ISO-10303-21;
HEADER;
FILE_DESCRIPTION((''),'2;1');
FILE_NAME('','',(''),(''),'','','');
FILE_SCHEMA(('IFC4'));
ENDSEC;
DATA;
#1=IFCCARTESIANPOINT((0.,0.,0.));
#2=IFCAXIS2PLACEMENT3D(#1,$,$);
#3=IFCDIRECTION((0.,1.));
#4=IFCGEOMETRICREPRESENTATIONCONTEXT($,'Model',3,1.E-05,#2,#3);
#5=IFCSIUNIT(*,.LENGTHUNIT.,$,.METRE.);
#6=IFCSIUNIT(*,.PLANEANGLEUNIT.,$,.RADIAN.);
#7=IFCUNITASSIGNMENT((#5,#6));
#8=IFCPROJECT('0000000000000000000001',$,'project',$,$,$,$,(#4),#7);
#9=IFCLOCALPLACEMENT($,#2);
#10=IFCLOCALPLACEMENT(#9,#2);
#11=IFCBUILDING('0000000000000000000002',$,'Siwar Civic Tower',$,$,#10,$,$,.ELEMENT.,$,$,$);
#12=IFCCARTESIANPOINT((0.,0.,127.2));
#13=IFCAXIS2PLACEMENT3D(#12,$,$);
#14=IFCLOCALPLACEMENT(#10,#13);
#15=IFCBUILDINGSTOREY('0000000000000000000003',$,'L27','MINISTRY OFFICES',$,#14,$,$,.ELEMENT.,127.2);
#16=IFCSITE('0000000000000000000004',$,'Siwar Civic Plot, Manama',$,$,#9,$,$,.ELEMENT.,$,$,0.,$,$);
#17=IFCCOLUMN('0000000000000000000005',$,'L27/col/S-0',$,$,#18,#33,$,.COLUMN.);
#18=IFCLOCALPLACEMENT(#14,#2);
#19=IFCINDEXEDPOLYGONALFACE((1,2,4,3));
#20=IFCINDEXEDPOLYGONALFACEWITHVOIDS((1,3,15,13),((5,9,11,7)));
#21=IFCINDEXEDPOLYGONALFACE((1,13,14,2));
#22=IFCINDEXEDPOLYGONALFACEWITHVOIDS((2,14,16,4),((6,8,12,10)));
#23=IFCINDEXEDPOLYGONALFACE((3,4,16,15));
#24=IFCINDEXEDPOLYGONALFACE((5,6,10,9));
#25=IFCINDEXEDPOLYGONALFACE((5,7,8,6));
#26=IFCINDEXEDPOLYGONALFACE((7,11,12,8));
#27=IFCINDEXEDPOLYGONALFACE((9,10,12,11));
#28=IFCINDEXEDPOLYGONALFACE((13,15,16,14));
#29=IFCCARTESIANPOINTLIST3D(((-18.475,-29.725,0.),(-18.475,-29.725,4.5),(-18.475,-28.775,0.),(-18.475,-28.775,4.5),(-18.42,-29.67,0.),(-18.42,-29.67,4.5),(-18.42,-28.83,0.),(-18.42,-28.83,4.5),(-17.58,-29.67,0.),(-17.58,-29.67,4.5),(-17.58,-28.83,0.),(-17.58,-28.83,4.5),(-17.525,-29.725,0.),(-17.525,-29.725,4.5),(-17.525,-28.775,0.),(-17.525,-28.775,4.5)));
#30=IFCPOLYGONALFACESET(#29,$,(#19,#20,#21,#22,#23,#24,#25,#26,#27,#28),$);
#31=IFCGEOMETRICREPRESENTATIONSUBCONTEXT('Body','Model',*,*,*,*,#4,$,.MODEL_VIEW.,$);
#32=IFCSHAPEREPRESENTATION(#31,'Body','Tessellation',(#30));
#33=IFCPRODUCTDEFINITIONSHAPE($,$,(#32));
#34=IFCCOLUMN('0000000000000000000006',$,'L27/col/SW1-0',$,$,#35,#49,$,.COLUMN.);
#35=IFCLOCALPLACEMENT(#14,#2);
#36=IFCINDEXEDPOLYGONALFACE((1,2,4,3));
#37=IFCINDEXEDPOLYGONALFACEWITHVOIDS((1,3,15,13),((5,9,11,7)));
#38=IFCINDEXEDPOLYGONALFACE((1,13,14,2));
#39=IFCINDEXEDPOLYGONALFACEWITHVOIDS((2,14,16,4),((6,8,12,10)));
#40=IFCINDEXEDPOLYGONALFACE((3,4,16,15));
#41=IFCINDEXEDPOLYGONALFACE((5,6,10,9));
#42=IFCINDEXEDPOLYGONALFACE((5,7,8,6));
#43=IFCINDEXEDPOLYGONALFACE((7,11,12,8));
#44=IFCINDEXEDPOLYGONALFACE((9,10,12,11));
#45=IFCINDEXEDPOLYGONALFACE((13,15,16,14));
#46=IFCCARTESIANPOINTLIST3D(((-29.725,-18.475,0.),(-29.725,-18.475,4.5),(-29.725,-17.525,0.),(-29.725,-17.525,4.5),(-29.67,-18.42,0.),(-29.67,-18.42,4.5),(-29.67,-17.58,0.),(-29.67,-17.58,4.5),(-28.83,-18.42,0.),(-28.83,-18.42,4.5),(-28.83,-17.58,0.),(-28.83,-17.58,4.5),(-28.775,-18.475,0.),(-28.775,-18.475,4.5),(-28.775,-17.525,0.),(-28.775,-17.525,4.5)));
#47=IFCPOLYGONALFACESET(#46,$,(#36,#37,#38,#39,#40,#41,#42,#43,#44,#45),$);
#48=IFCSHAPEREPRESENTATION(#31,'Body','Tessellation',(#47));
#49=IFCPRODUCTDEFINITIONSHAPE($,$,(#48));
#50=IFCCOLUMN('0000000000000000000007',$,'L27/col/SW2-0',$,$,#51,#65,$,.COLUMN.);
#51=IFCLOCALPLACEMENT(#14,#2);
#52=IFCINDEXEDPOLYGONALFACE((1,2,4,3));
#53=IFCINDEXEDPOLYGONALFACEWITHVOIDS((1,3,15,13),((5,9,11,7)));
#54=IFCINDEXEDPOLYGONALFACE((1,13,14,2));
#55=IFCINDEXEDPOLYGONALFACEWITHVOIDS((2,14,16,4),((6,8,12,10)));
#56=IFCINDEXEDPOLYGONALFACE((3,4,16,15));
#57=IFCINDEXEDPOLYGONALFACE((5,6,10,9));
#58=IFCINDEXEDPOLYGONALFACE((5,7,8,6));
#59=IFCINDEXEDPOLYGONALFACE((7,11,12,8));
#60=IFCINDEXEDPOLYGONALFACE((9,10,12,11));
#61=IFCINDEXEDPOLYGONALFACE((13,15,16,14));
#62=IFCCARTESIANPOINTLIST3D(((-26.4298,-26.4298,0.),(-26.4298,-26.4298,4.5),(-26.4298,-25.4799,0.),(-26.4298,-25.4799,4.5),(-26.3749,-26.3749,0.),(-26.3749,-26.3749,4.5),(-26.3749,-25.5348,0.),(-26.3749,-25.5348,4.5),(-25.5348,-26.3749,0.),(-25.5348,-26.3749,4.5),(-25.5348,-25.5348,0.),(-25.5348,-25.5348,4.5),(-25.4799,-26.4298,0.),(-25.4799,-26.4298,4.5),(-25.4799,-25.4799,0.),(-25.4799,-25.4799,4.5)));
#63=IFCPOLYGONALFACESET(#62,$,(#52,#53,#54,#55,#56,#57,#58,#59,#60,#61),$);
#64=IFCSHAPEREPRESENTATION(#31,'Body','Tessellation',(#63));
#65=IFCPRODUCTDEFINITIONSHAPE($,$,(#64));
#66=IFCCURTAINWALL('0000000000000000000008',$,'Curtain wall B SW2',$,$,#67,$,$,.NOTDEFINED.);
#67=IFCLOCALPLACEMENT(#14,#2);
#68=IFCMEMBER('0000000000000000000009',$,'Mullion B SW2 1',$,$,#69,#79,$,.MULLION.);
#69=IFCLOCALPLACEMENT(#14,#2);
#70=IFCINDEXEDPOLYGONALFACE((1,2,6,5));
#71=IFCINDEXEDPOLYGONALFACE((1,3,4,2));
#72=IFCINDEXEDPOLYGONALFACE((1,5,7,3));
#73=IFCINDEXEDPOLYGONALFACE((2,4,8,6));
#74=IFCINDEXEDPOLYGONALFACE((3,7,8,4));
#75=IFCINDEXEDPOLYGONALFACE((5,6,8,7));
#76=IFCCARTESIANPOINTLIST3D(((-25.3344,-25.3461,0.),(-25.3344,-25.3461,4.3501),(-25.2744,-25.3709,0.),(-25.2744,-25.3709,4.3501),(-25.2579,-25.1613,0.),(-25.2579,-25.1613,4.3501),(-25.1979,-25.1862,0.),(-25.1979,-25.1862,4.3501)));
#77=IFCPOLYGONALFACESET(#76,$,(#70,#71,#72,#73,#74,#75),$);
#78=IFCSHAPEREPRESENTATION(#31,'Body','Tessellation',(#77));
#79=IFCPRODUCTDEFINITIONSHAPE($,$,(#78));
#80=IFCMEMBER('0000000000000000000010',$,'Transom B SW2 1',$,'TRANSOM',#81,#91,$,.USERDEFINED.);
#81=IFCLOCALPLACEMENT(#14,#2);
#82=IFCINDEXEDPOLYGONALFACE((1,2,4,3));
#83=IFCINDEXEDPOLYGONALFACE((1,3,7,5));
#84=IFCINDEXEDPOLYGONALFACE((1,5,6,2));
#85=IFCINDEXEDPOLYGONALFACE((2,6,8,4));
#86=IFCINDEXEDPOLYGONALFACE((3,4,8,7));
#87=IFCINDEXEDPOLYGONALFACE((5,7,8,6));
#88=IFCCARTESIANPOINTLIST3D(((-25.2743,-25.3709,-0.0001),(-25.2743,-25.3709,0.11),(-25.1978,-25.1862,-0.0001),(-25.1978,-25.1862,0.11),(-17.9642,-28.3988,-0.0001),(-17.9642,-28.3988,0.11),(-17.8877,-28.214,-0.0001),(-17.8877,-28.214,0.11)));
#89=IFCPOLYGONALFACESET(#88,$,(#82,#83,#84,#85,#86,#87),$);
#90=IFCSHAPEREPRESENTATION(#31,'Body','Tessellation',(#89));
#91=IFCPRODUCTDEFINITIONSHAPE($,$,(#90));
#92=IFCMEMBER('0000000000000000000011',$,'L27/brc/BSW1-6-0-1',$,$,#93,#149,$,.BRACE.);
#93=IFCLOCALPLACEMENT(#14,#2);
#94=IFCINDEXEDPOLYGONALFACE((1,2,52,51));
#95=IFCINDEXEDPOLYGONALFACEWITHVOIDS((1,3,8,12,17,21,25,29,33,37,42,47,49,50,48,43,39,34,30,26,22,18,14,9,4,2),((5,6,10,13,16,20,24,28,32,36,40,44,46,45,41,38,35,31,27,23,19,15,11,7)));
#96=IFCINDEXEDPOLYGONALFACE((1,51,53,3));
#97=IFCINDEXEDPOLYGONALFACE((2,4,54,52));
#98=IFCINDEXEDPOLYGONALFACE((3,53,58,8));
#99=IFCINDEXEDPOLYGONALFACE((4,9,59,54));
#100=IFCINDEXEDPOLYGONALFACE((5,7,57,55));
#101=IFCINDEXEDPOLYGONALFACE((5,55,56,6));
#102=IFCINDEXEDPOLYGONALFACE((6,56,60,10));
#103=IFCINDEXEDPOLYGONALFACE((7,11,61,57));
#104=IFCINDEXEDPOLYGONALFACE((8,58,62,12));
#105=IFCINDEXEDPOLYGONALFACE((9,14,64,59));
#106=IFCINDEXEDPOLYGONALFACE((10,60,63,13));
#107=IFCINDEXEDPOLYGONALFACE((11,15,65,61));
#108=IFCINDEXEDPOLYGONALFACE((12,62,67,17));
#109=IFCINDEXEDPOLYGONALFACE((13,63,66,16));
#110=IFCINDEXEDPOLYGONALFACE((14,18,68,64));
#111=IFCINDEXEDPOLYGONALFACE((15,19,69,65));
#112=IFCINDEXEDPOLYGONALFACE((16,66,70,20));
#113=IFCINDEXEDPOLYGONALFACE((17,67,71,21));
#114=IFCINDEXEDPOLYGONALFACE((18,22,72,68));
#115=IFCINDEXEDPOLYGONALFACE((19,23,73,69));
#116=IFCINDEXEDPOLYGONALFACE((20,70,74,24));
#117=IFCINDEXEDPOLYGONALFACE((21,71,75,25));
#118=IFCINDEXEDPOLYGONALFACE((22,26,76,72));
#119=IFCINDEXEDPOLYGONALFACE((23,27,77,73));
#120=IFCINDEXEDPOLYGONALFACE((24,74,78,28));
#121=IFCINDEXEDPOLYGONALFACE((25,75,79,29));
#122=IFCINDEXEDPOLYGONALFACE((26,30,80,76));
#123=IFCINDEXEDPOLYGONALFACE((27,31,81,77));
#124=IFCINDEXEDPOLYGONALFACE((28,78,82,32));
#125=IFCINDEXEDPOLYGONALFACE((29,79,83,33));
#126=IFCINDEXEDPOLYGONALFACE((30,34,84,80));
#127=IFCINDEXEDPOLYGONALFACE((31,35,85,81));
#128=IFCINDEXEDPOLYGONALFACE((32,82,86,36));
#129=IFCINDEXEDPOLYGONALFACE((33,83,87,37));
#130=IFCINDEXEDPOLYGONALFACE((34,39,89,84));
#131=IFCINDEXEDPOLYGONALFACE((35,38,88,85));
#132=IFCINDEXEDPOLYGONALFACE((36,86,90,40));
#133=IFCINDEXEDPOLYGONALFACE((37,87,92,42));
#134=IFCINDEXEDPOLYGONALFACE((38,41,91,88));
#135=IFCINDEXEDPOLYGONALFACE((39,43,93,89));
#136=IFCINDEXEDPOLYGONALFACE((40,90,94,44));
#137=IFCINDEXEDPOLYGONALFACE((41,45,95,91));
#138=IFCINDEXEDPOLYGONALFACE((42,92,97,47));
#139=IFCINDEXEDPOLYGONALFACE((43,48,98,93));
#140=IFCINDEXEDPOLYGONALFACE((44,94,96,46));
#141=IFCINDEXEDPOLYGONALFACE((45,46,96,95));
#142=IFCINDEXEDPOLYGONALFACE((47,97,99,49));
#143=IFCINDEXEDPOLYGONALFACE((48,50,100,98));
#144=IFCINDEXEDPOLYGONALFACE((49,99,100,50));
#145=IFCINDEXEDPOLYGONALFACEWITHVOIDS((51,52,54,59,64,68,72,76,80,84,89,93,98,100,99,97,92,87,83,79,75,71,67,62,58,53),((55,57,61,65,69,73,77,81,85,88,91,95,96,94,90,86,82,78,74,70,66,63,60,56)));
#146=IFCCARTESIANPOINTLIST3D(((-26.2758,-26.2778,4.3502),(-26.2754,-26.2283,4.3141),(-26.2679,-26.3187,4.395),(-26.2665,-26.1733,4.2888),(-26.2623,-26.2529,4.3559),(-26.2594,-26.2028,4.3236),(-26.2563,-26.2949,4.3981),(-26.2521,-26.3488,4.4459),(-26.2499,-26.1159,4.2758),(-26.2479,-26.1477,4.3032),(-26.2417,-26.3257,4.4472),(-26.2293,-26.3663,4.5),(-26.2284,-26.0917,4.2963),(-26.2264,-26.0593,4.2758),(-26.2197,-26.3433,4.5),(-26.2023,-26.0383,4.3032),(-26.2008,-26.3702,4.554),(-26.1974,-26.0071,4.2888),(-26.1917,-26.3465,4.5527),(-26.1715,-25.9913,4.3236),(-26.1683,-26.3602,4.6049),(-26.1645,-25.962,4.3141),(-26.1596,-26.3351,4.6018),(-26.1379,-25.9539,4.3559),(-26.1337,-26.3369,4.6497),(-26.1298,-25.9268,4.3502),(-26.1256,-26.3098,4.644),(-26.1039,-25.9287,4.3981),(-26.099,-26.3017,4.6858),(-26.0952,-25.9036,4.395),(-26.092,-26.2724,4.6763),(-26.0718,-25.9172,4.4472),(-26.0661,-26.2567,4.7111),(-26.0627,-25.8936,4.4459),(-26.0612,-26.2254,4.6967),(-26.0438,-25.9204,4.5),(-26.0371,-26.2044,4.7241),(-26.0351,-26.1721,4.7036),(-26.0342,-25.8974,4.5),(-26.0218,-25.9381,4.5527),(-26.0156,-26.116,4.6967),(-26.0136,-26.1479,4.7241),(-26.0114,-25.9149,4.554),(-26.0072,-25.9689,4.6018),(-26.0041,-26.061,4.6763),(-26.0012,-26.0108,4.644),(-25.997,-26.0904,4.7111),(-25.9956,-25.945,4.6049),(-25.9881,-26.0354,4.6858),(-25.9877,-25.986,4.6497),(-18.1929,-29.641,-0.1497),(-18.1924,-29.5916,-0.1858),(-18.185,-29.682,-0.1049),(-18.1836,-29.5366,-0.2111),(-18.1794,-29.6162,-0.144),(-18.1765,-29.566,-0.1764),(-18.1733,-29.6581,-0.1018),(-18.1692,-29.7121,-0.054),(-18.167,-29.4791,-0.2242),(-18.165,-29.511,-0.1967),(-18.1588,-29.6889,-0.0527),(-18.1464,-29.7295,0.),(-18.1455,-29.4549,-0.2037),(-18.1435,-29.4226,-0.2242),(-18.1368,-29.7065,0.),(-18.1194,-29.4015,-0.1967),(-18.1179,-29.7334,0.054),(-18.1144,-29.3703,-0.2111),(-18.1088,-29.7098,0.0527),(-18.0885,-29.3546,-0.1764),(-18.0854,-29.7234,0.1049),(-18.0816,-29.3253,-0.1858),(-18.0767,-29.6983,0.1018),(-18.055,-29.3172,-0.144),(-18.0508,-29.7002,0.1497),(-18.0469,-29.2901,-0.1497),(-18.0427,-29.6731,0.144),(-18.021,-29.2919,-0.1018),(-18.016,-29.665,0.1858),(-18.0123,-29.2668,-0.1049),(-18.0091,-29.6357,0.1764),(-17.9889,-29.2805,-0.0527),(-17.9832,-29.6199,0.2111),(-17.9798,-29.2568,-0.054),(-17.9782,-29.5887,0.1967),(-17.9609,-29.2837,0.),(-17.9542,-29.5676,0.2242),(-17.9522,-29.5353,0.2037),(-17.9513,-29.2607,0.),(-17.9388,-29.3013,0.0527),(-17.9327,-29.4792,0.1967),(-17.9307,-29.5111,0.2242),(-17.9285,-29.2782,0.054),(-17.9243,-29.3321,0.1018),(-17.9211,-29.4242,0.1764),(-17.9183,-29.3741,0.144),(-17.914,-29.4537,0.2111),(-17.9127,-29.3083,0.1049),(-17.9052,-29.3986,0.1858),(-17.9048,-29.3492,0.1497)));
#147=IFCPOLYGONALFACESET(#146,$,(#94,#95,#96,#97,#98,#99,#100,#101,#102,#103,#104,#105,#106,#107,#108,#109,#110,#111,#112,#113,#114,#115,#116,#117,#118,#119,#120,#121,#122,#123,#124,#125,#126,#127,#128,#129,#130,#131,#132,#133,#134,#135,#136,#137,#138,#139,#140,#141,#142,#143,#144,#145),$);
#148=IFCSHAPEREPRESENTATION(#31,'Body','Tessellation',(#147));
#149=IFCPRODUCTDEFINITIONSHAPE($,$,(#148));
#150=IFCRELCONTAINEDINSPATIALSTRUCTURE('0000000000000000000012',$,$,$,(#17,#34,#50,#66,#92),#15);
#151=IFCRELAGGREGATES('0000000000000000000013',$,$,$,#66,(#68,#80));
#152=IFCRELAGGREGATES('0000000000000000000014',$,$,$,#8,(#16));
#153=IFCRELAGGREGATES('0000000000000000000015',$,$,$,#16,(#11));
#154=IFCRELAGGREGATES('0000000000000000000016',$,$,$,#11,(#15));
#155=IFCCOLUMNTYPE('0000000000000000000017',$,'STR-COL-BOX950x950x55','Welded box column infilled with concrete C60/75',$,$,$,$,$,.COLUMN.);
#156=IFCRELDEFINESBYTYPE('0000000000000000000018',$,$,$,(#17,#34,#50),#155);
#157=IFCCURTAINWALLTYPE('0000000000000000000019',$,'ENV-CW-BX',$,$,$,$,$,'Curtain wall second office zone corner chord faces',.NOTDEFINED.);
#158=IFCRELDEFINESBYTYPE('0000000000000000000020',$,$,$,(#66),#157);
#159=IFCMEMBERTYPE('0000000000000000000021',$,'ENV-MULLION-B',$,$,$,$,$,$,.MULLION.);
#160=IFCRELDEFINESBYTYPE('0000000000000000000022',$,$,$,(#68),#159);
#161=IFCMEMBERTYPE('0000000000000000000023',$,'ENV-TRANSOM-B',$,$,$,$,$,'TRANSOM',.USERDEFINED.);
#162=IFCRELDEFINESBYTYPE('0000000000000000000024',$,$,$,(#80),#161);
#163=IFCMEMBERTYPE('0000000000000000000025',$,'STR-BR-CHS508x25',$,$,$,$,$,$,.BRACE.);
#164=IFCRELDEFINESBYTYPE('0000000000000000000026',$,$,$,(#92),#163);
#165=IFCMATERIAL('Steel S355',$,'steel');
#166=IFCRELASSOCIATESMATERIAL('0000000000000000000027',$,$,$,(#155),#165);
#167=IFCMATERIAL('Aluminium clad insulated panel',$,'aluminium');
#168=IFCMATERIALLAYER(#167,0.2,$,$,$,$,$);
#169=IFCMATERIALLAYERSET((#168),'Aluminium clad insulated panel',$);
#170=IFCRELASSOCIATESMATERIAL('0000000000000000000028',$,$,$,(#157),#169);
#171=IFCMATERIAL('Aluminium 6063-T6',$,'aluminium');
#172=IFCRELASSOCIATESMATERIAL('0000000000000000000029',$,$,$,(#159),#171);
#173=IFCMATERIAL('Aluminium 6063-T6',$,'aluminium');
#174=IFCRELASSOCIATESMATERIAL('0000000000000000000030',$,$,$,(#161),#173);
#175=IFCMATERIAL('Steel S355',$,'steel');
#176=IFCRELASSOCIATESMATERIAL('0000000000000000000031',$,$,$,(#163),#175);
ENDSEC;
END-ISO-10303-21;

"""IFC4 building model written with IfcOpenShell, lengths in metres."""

from ifc_helpers import new_model, si_unit, direction, frame, origin, origin_2d, place, context, subcontext, project, spatial, rectangle, hollow_rectangle, hollow_circle, extrude, material, layer, layer_set, material_profile, profile_set, type_object, element, aggregate, save


model = new_model("IFC4")

# Units and contexts
model_context = context("Model", 3, precision=1e-05, world=origin(), true_north=direction((0.0, 1.0)))
body_context = subcontext(model_context, "Body", "Model", "MODEL_VIEW")
ifc_project = project(units=[si_unit("LENGTHUNIT", "METRE"), si_unit("PLANEANGLEUNIT", "RADIAN")], contexts=[model_context])

# Site, building, storey
site_placement = place(None, origin())
site = spatial("IfcSite", under=ifc_project, at=site_placement, Name="Siwar Civic Plot, Manama", CompositionType="ELEMENT", RefElevation=0.0)
building_placement = place(site_placement, origin())
building = spatial("IfcBuilding", under=site, at=building_placement, Name="Siwar Civic Tower", CompositionType="ELEMENT")
storey_placement = place(building_placement, frame((0.0, 0.0, 127.2)))
storey = spatial("IfcBuildingStorey", under=building, at=storey_placement, Name="L27", Description="MINISTRY OFFICES", CompositionType="ELEMENT", Elevation=127.2)

# Columns
ifc_material_1 = material(Name="Steel S355", Category="steel")
ifc_material_profile_1 = material_profile(ifc_material_1, hollow_rectangle(XDim=0.95, YDim=0.95, WallThickness=0.0549, at=origin_2d()), Name="BOX950x950x55")
ifc_profile_set_1 = profile_set([ifc_material_profile_1], Name="Steel S355")
column_type = type_object("IfcColumnType", Name="STR-COL-BOX950x950x55", Description="Welded box column infilled with concrete C60/75", PredefinedType="COLUMN", material=ifc_profile_set_1)
for number, where, z_axis, x_axis, name in (
    (1, (-18.0, -29.25, 0.0), (0.0, 0.0, 1.0), (1.0, 0.0, 0.0), "L27/col/S-0"),
    (2, (-29.25, -18.0, 0.0), (0.0, 0.0, 1.0), (1.0, 0.0, 0.0), "L27/col/SW1-0"),
    (3, (-25.9548, -25.9548, 0.0), (0.0, 0.0, 1.0), (1.0, 0.0, 0.0), "L27/col/SW2-0"),
):
    element("IfcColumn", number, at=place(storey_placement, frame(where, z_axis=z_axis, x_axis=x_axis)), inside=storey, type_object=column_type, Name=name, PredefinedType="COLUMN", context=body_context, shape_type="SweptSolid", body=[
        extrude(hollow_rectangle(XDim=0.95, YDim=0.95, WallThickness=0.0549, at=origin_2d()), origin(), (0.0, 0.0, 1.0), 4.5),
    ])

# Curtain wall, members
ifc_material_2 = material(Name="Aluminium clad insulated panel", Category="aluminium")
ifc_layer_1 = layer(ifc_material_2, 0.2)
ifc_layer_set_1 = layer_set([ifc_layer_1], Name="Aluminium clad insulated panel")
curtain_wall_type = type_object("IfcCurtainWallType", Name="ENV-CW-BX", ElementType="Curtain wall second office zone corner chord faces", PredefinedType="NOTDEFINED", material=ifc_layer_set_1)
curtain_wall_1_placement = place(storey_placement, origin())
curtain_wall_1 = element("IfcCurtainWall", 4, at=curtain_wall_1_placement, inside=storey, type_object=curtain_wall_type, Name="Curtain wall B SW2", PredefinedType="NOTDEFINED")
ifc_material_3 = material(Name="Aluminium 6063-T6", Category="aluminium")
ifc_material_profile_2 = material_profile(ifc_material_3, rectangle(XDim=0.2, YDim=0.0649, at=origin_2d()), Name="AL 200x65")
ifc_profile_set_2 = profile_set([ifc_material_profile_2], Name="Aluminium 6063-T6")
member_type_1 = type_object("IfcMemberType", Name="ENV-MULLION-B", PredefinedType="MULLION", material=ifc_profile_set_2)
member_1_placement = place(storey_placement, frame((-25.2661, -25.2661, 0.0), z_axis=(0.0, 0.0, 1.0), x_axis=(0.382683, 0.92388, 0.0)))
member_1 = element("IfcMember", 5, at=member_1_placement, type_object=member_type_1, Name="Mullion B SW2 1", PredefinedType="MULLION", context=body_context, shape_type="SweptSolid", body=[
    extrude(rectangle(XDim=0.2, YDim=0.0649, at=origin_2d()), origin(), (0.0, 0.0, 1.0), 4.3501),
])
ifc_material_4 = material(Name="Aluminium 6063-T6", Category="aluminium")
ifc_material_profile_3 = material_profile(ifc_material_4, rectangle(XDim=0.2, YDim=0.1101, at=origin_2d()), Name="AL 200x110")
ifc_profile_set_3 = profile_set([ifc_material_profile_3], Name="Aluminium 6063-T6")
member_type_2 = type_object("IfcMemberType", Name="ENV-TRANSOM-B", ElementType="TRANSOM", PredefinedType="USERDEFINED", material=ifc_profile_set_3)
member_2_placement = place(storey_placement, frame((-25.2361, -25.2786, 0.0549), z_axis=(0.923884, -0.382673, 0.0), x_axis=(0.382673, 0.923884, 0.0)))
member_2 = element("IfcMember", 6, at=member_2_placement, type_object=member_type_2, Name="Transom B SW2 1", ObjectType="TRANSOM", PredefinedType="USERDEFINED", context=body_context, shape_type="SweptSolid", body=[
    extrude(rectangle(XDim=0.2, YDim=0.1101, at=origin_2d()), origin(), (0.0, 0.0, 1.0), 7.9124),
])

# Member
ifc_material_5 = material(Name="Steel S355", Category="steel")
ifc_material_profile_4 = material_profile(ifc_material_5, hollow_circle(Radius=0.2539, WallThickness=0.0249, at=origin_2d()), Name="CHS508x25")
ifc_profile_set_4 = profile_set([ifc_material_profile_4], Name="Steel S355")
member_type_3 = type_object("IfcMemberType", Name="STR-BR-CHS508x25", PredefinedType="BRACE", material=ifc_profile_set_4)
member_3_placement = place(storey_placement, frame((-18.0488, -29.4951, 0.0), z_axis=(-0.821143, 0.341671, 0.457149), x_axis=(-0.384164, -0.923265, 0.0)))
element("IfcMember", 7, at=member_3_placement, inside=storey, type_object=member_type_3, Name="L27/brc/BSW1-6-0-1", PredefinedType="BRACE", context=body_context, shape_type="SweptSolid", body=[
    extrude(hollow_circle(Radius=0.2539, WallThickness=0.0249, at=origin_2d()), origin(), (0.0, 0.0, 1.0), 9.8435),
])

aggregate(curtain_wall_1, [member_1, member_2])

save(model, "model.ifc")
